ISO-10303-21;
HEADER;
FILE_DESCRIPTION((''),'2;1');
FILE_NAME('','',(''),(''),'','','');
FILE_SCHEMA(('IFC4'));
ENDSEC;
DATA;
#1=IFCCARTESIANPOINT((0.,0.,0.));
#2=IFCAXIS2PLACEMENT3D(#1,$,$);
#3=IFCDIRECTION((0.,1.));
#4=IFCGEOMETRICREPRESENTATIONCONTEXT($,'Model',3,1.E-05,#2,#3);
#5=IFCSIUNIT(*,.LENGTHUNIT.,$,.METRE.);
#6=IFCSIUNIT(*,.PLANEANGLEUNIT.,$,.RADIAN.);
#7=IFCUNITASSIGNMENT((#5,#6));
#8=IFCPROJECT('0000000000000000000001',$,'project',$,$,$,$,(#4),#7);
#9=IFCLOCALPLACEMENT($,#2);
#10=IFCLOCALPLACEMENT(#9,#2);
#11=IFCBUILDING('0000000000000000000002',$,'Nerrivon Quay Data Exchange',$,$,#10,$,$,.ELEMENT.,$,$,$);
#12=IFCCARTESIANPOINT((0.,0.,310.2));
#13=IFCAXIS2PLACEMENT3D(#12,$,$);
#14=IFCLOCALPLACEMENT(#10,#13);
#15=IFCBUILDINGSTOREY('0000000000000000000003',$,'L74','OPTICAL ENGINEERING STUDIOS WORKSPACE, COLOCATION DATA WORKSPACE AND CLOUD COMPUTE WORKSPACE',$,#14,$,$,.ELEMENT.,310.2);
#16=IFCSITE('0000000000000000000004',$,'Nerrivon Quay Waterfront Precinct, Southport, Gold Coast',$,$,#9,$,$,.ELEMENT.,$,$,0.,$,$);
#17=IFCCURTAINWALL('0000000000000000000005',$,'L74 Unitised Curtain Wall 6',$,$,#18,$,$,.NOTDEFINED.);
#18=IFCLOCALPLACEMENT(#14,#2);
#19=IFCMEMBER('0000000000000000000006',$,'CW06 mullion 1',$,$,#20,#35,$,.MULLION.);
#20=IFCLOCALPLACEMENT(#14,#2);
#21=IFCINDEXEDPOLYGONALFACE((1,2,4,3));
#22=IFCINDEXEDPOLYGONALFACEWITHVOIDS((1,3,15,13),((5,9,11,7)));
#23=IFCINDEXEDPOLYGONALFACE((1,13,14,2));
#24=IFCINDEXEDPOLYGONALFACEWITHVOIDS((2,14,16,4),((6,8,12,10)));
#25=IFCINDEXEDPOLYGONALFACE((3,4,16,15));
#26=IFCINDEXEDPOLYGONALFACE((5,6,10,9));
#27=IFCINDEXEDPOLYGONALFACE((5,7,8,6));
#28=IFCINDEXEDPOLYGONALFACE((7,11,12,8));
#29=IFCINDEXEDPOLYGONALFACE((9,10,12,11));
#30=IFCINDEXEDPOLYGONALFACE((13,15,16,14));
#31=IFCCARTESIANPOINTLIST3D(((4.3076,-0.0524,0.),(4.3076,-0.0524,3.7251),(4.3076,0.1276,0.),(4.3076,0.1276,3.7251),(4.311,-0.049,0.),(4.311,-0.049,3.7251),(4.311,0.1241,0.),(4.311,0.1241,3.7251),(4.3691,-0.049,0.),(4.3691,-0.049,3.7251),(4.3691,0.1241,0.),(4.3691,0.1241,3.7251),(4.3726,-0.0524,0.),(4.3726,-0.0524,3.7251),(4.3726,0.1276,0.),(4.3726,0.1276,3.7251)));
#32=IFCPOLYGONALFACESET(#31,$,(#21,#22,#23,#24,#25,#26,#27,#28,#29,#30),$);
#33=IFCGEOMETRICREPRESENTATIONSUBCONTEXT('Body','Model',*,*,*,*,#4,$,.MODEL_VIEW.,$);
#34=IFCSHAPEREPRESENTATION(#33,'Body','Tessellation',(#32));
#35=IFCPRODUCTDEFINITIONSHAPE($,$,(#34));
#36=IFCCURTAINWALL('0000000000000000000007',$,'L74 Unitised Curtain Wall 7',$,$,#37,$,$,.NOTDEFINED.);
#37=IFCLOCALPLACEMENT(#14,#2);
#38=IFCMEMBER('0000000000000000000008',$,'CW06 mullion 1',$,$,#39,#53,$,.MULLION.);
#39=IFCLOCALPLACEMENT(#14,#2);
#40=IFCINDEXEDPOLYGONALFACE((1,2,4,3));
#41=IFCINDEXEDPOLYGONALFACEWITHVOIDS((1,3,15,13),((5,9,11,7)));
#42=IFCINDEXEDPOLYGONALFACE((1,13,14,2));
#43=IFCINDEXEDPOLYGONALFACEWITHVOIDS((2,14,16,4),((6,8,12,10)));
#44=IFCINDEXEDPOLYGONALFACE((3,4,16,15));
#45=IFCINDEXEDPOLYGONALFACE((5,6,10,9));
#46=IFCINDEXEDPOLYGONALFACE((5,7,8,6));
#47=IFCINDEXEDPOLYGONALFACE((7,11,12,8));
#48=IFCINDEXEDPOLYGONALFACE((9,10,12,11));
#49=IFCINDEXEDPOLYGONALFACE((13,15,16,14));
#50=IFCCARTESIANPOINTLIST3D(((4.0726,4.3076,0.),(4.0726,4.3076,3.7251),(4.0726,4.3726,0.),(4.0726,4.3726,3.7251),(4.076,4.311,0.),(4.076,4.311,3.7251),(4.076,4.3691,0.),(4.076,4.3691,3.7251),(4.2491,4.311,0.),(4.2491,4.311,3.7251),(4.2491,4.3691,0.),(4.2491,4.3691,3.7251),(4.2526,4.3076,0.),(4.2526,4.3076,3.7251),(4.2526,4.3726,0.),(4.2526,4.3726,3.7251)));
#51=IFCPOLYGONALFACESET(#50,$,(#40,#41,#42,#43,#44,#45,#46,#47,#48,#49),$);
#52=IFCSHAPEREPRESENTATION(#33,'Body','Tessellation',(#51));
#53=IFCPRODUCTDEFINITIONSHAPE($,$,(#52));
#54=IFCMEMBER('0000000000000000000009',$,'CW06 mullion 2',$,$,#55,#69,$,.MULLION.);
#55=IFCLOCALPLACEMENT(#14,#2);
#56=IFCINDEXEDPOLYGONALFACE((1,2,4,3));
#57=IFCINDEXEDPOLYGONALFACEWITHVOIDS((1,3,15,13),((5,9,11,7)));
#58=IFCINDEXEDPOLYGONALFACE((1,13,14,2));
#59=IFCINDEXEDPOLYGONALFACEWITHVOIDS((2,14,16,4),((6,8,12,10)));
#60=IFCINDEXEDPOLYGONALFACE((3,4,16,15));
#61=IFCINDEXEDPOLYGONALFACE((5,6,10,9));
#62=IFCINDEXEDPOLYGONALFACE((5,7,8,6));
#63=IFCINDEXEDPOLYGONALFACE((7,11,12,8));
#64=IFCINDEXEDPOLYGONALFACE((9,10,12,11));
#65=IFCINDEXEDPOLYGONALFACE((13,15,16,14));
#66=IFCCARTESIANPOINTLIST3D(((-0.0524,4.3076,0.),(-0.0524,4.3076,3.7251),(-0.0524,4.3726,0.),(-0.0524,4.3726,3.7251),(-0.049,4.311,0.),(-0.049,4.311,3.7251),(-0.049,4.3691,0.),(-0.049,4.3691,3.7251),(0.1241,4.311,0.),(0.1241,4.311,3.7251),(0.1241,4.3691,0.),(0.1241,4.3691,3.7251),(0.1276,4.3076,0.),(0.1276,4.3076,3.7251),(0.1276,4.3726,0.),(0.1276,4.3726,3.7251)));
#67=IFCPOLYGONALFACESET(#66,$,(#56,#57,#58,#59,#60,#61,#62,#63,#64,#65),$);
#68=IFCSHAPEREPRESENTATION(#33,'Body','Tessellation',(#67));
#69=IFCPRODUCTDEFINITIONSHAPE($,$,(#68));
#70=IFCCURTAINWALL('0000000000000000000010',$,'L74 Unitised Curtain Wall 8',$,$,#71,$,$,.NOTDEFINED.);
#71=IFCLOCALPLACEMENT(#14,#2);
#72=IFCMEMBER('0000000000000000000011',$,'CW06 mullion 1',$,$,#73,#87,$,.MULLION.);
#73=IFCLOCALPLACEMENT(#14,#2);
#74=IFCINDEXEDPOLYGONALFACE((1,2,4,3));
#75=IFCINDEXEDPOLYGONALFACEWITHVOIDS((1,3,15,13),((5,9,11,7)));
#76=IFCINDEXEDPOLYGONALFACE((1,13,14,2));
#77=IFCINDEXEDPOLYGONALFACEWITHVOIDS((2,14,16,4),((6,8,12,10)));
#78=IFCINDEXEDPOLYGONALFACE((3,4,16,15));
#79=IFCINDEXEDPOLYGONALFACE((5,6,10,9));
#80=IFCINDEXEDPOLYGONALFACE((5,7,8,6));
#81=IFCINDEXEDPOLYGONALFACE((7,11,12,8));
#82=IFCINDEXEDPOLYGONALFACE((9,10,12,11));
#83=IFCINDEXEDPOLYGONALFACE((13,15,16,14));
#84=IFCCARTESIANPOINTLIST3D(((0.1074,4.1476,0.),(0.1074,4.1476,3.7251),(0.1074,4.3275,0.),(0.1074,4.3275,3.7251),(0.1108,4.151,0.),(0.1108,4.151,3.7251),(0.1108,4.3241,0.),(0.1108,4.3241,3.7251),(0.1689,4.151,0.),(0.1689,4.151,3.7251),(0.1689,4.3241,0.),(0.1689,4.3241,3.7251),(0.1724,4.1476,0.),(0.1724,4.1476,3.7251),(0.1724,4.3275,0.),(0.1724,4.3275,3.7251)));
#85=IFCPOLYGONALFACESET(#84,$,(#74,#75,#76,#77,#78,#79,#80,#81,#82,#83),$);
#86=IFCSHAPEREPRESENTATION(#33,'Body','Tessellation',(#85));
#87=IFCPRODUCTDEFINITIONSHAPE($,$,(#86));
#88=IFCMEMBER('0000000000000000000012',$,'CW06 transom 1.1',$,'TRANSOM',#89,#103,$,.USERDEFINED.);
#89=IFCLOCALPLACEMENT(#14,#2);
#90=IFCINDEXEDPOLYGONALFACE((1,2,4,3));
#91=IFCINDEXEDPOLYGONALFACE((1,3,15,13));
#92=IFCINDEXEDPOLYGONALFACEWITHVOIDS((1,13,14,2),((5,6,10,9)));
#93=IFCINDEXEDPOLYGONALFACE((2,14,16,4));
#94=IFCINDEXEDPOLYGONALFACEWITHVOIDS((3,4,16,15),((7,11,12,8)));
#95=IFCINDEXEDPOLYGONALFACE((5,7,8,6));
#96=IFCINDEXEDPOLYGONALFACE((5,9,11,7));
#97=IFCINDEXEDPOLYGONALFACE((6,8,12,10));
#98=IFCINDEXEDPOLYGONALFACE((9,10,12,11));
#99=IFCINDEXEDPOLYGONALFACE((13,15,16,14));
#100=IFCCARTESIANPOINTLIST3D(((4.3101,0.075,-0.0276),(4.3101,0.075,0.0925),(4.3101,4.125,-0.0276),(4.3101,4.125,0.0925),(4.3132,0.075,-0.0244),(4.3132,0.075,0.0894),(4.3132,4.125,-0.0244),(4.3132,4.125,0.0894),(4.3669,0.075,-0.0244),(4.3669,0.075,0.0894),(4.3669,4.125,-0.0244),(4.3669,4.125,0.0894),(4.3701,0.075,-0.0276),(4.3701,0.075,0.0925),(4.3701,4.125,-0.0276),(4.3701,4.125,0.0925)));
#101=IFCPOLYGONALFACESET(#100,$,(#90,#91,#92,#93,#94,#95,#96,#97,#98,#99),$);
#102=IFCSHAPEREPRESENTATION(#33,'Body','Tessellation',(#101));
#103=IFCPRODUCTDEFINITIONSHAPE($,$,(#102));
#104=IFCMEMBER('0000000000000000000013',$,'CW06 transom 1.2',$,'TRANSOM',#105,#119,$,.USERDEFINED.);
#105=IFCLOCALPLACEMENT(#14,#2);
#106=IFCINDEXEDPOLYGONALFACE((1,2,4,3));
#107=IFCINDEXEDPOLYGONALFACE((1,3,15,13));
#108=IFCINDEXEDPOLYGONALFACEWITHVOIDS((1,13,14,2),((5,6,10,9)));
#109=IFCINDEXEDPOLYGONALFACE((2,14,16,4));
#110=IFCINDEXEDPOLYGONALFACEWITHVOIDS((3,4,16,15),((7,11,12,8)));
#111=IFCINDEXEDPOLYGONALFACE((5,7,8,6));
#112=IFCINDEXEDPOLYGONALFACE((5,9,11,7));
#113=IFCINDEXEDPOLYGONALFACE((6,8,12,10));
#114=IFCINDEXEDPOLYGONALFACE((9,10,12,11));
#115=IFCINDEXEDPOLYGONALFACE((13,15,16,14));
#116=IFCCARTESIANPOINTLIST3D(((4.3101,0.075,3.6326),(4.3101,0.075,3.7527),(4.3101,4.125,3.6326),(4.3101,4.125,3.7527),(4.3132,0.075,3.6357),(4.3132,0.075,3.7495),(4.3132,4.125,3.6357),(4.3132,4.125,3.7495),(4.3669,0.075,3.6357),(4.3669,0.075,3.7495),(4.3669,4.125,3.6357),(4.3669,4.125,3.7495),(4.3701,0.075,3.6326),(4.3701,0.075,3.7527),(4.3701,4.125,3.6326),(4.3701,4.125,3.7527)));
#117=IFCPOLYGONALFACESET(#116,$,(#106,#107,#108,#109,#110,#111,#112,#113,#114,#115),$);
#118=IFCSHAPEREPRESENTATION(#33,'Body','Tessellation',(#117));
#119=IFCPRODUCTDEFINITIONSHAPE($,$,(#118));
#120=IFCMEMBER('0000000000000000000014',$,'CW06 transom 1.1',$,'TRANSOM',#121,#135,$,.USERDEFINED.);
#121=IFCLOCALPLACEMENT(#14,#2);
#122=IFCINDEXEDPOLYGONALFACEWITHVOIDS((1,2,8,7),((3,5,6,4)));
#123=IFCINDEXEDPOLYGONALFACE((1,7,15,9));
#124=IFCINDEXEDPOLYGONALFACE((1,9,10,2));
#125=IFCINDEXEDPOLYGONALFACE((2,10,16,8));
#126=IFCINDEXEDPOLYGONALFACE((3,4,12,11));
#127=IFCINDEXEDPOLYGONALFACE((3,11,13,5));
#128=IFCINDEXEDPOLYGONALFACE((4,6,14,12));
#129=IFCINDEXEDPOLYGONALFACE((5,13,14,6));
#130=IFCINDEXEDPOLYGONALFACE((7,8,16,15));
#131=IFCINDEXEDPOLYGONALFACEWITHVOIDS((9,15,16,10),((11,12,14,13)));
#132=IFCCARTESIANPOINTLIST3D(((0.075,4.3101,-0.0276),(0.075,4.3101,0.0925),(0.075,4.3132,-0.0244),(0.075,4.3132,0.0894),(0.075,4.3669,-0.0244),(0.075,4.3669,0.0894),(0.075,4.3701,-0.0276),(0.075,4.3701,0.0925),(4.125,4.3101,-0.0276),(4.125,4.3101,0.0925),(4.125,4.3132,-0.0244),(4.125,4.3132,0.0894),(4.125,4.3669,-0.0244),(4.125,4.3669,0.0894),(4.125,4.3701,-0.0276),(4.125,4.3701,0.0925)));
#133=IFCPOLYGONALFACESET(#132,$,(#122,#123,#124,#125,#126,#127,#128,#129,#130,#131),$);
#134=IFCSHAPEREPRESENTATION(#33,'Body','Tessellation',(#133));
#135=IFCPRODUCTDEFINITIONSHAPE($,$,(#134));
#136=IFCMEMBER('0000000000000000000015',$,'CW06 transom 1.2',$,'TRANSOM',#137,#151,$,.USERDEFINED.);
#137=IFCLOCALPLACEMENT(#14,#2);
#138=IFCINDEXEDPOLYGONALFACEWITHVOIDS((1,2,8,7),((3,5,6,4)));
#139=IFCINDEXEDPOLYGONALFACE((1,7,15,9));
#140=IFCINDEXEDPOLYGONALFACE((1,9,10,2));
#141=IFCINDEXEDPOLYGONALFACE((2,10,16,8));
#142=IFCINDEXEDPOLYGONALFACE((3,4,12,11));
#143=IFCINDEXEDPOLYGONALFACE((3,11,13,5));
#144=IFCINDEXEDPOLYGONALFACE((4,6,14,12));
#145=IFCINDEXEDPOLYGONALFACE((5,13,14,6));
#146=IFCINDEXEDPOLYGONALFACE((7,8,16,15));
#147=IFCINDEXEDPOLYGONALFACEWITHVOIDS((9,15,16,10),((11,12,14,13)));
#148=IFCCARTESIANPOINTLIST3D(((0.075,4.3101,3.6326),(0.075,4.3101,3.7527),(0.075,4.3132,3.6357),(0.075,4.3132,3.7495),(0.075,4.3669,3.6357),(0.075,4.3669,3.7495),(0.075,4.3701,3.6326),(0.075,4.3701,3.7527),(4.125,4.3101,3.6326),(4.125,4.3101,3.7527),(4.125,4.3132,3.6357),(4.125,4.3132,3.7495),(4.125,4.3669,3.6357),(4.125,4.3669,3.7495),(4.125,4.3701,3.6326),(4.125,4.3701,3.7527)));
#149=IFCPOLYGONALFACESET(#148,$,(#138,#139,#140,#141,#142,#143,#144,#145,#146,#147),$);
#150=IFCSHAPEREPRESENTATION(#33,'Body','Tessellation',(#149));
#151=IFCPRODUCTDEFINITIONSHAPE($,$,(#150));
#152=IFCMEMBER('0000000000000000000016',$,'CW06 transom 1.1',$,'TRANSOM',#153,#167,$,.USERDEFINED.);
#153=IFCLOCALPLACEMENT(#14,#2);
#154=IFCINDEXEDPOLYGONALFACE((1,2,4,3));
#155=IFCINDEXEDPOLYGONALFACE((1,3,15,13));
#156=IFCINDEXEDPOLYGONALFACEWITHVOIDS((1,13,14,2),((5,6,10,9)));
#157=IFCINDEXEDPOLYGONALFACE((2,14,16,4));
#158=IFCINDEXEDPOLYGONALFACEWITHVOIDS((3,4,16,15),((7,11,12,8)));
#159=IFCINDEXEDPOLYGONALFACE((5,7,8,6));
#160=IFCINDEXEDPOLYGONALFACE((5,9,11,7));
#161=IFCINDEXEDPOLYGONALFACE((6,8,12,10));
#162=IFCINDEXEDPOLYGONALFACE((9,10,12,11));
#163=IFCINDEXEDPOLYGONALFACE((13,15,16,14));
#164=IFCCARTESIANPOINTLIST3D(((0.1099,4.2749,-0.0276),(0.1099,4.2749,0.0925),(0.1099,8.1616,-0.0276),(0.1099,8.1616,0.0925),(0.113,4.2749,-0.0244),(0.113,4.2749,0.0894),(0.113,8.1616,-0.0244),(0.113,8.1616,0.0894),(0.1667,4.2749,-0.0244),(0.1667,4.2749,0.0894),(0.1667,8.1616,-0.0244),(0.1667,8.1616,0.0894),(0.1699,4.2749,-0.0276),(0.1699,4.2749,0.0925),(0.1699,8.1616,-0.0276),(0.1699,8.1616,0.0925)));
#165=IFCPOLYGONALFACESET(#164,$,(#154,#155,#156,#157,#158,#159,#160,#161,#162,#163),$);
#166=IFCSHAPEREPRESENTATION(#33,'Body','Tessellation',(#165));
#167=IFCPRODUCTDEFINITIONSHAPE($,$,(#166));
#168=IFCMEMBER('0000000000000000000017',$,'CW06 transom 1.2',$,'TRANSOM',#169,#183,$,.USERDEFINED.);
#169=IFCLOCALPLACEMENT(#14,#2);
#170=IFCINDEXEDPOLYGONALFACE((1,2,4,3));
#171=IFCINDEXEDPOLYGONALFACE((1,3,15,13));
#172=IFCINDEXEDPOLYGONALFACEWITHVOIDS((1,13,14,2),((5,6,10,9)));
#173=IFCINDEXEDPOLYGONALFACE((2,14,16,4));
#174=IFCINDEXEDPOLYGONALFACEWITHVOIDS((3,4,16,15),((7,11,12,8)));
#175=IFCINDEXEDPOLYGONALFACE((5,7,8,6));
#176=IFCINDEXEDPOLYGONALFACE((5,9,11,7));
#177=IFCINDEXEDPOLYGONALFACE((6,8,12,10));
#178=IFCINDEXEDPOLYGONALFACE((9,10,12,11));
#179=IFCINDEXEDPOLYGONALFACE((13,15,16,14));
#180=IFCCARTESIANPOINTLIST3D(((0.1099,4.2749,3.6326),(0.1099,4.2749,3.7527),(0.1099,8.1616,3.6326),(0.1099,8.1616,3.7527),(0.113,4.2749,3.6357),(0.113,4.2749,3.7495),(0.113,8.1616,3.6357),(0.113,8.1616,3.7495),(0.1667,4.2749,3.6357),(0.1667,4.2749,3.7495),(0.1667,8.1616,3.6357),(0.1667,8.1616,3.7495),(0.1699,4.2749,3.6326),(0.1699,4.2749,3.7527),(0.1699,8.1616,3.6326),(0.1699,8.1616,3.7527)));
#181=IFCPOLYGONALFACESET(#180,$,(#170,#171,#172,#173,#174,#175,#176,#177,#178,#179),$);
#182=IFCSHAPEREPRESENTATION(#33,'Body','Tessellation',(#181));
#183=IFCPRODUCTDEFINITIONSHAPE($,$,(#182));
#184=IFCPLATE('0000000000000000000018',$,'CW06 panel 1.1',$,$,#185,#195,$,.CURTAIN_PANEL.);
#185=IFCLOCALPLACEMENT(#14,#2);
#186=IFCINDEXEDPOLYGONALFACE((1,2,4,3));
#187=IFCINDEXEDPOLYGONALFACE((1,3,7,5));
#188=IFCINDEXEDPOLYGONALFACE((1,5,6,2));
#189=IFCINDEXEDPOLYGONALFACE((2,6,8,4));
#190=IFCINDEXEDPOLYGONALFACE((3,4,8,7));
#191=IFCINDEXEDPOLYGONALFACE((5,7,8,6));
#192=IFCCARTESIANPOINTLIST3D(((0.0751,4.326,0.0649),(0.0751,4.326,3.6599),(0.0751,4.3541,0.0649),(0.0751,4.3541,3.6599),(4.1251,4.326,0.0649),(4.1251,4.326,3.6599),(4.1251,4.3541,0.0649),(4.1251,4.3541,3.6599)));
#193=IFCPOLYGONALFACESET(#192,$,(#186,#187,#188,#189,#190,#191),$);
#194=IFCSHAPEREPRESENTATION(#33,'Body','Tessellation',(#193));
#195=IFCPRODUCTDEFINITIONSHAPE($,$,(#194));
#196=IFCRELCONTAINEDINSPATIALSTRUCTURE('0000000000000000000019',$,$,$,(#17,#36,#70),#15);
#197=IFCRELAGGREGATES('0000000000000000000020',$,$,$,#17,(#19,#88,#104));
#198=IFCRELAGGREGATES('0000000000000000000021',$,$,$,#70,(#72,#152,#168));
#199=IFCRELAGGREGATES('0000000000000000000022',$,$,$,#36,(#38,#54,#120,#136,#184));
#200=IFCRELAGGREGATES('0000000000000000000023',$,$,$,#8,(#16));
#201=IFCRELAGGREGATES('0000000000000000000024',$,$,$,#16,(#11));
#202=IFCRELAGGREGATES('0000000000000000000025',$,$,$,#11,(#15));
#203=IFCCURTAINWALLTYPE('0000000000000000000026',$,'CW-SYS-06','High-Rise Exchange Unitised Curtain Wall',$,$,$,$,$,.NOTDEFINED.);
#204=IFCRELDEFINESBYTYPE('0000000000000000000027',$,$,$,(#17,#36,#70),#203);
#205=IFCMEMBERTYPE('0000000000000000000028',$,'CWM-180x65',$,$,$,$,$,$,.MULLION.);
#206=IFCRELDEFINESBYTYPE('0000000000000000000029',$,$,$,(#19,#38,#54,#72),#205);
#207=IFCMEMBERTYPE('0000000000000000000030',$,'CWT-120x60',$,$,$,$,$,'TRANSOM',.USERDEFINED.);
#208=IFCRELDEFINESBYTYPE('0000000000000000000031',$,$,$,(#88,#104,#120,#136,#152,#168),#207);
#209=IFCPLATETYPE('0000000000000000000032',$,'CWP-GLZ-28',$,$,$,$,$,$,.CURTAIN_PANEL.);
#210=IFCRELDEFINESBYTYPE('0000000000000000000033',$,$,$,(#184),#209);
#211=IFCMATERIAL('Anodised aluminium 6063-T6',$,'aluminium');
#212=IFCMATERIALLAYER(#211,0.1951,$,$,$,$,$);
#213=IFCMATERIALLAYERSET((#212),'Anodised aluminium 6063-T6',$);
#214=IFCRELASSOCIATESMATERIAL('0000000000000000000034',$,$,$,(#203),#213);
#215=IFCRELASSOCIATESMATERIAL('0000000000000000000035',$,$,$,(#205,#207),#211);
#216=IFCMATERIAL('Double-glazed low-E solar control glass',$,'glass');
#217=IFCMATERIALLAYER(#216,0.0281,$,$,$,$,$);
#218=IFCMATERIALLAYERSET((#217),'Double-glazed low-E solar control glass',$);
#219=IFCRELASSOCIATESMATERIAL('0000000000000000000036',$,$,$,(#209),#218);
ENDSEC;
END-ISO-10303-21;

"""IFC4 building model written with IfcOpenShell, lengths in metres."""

from ifc_helpers import new_model, si_unit, direction, frame, origin, origin_2d, place, context, subcontext, project, spatial, rectangle, hollow_rectangle, extrude, material, layer, layer_set, material_profile, profile_set, type_object, element, aggregate, save


model = new_model("IFC4")

# Units and contexts
model_context = context("Model", 3, precision=1e-05, world=origin(), true_north=direction((0.0, 1.0)))
body_context = subcontext(model_context, "Body", "Model", "MODEL_VIEW")
ifc_project = project(units=[si_unit("LENGTHUNIT", "METRE"), si_unit("PLANEANGLEUNIT", "RADIAN")], contexts=[model_context])

# Site, building, storey
site_placement = place(None, origin())
site = spatial("IfcSite", under=ifc_project, at=site_placement, Name="Nerrivon Quay Waterfront Precinct, Southport, Gold Coast", CompositionType="ELEMENT", RefElevation=0.0)
building_placement = place(site_placement, origin())
building = spatial("IfcBuilding", under=site, at=building_placement, Name="Nerrivon Quay Data Exchange", CompositionType="ELEMENT")
storey_placement = place(building_placement, frame((0.0, 0.0, 310.2)))
storey = spatial("IfcBuildingStorey", under=building, at=storey_placement, Name="L74", Description="OPTICAL ENGINEERING STUDIOS WORKSPACE, COLOCATION DATA WORKSPACE AND CLOUD COMPUTE WORKSPACE", CompositionType="ELEMENT", Elevation=310.2)

# Curtain wall, member
ifc_material_1 = material(Name="Anodised aluminium 6063-T6", Category="aluminium")
ifc_layer_1 = layer(ifc_material_1, 0.1951)
ifc_layer_set_1 = layer_set([ifc_layer_1], Name="Anodised aluminium 6063-T6")
curtain_wall_type = type_object("IfcCurtainWallType", Name="CW-SYS-06", Description="High-Rise Exchange Unitised Curtain Wall", PredefinedType="NOTDEFINED", material=ifc_layer_set_1)
curtain_wall_1_placement = place(storey_placement, origin())
curtain_wall_1 = element("IfcCurtainWall", 1, at=curtain_wall_1_placement, inside=storey, type_object=curtain_wall_type, Name="L74 Unitised Curtain Wall 6", PredefinedType="NOTDEFINED")
ifc_material_profile_1 = material_profile(ifc_material_1, hollow_rectangle(XDim=0.0649, YDim=0.1799, WallThickness=0.0034, at=origin_2d()), Name="ALU-MULL-180x65")
ifc_profile_set_1 = profile_set([ifc_material_profile_1], Name="Anodised aluminium 6063-T6")
member_type_1 = type_object("IfcMemberType", Name="CWM-180x65", PredefinedType="MULLION", material=ifc_profile_set_1)
member_1_placement = place(storey_placement, frame((4.3401, 0.0376, 0.0), z_axis=(0.0, 0.0, 1.0), x_axis=(-1.0, 0.0, 0.0)))
member_1 = element("IfcMember", 2, at=member_1_placement, type_object=member_type_1, Name="CW06 mullion 1", PredefinedType="MULLION", context=body_context, shape_type="SweptSolid", body=[
    extrude(hollow_rectangle(XDim=0.0649, YDim=0.1799, WallThickness=0.0034, at=origin_2d()), origin(), (0.0, 0.0, 1.0), 3.7251),
])

# Curtain wall, members
curtain_wall_2_placement = place(storey_placement, origin())
curtain_wall_2 = element("IfcCurtainWall", 3, at=curtain_wall_2_placement, inside=storey, type_object=curtain_wall_type, Name="L74 Unitised Curtain Wall 7", PredefinedType="NOTDEFINED")
member_2_placement = place(storey_placement, frame((4.1626, 4.3401, 0.0), z_axis=(0.0, 0.0, 1.0), x_axis=(0.0, -1.0, 0.0)))
member_2 = element("IfcMember", 4, at=member_2_placement, type_object=member_type_1, Name="CW06 mullion 1", PredefinedType="MULLION", context=body_context, shape_type="SweptSolid", body=[
    extrude(hollow_rectangle(XDim=0.0649, YDim=0.1799, WallThickness=0.0034, at=origin_2d()), origin(), (0.0, 0.0, 1.0), 3.7251),
])
member_3_placement = place(storey_placement, frame((0.0376, 4.3401, 0.0), z_axis=(0.0, 0.0, 1.0), x_axis=(0.0, -1.0, 0.0)))
member_3 = element("IfcMember", 5, at=member_3_placement, type_object=member_type_1, Name="CW06 mullion 2", PredefinedType="MULLION", context=body_context, shape_type="SweptSolid", body=[
    extrude(hollow_rectangle(XDim=0.0649, YDim=0.1799, WallThickness=0.0034, at=origin_2d()), origin(), (0.0, 0.0, 1.0), 3.7251),
])

# Curtain wall, member
curtain_wall_3_placement = place(storey_placement, origin())
curtain_wall_3 = element("IfcCurtainWall", 6, at=curtain_wall_3_placement, inside=storey, type_object=curtain_wall_type, Name="L74 Unitised Curtain Wall 8", PredefinedType="NOTDEFINED")
member_4_placement = place(storey_placement, frame((0.1399, 4.2375, 0.0), z_axis=(0.0, 0.0, 1.0), x_axis=(-1.0, 0.0, 0.0)))
member_4 = element("IfcMember", 7, at=member_4_placement, type_object=member_type_1, Name="CW06 mullion 1", PredefinedType="MULLION", context=body_context, shape_type="SweptSolid", body=[
    extrude(hollow_rectangle(XDim=0.0649, YDim=0.1799, WallThickness=0.0034, at=origin_2d()), origin(), (0.0, 0.0, 1.0), 3.7251),
])

# Members
ifc_material_profile_2 = material_profile(ifc_material_1, hollow_rectangle(XDim=0.0601, YDim=0.1201, WallThickness=0.0032, at=origin_2d()), Name="ALU-TRAN-120x60")
ifc_profile_set_2 = profile_set([ifc_material_profile_2], Name="Anodised aluminium 6063-T6")
member_type_2 = type_object("IfcMemberType", Name="CWT-120x60", ElementType="TRANSOM", PredefinedType="USERDEFINED", material=ifc_profile_set_2)
member_5_placement = place(storey_placement, frame((4.3401, 0.075, 0.0325), z_axis=(0.0, 1.0, 0.0), x_axis=(-1.0, 0.0, 0.0)))
member_5 = element("IfcMember", 8, at=member_5_placement, type_object=member_type_2, Name="CW06 transom 1.1", ObjectType="TRANSOM", PredefinedType="USERDEFINED", context=body_context, shape_type="SweptSolid", body=[
    extrude(hollow_rectangle(XDim=0.0601, YDim=0.1201, WallThickness=0.0032, at=origin_2d()), origin(), (0.0, 0.0, 1.0), 4.05),
])
member_6_placement = place(storey_placement, frame((4.3401, 0.075, 3.6926), z_axis=(0.0, 1.0, 0.0), x_axis=(-1.0, 0.0, 0.0)))
member_6 = element("IfcMember", 9, at=member_6_placement, type_object=member_type_2, Name="CW06 transom 1.2", ObjectType="TRANSOM", PredefinedType="USERDEFINED", context=body_context, shape_type="SweptSolid", body=[
    extrude(hollow_rectangle(XDim=0.0601, YDim=0.1201, WallThickness=0.0032, at=origin_2d()), origin(), (0.0, 0.0, 1.0), 4.05),
])
aggregate(curtain_wall_1, [member_1, member_5, member_6])
member_7_placement = place(storey_placement, frame((4.125, 4.3401, 0.0325), z_axis=(-1.0, 0.0, 0.0), x_axis=(0.0, -1.0, 0.0)))
member_7 = element("IfcMember", 10, at=member_7_placement, type_object=member_type_2, Name="CW06 transom 1.1", ObjectType="TRANSOM", PredefinedType="USERDEFINED", context=body_context, shape_type="SweptSolid", body=[
    extrude(hollow_rectangle(XDim=0.0601, YDim=0.1201, WallThickness=0.0032, at=origin_2d()), origin(), (0.0, 0.0, 1.0), 4.05),
])
member_8_placement = place(storey_placement, frame((4.125, 4.3401, 3.6926), z_axis=(-1.0, 0.0, 0.0), x_axis=(0.0, -1.0, 0.0)))
member_8 = element("IfcMember", 11, at=member_8_placement, type_object=member_type_2, Name="CW06 transom 1.2", ObjectType="TRANSOM", PredefinedType="USERDEFINED", context=body_context, shape_type="SweptSolid", body=[
    extrude(hollow_rectangle(XDim=0.0601, YDim=0.1201, WallThickness=0.0032, at=origin_2d()), origin(), (0.0, 0.0, 1.0), 4.05),
])
member_9_placement = place(storey_placement, frame((0.1399, 4.2749, 0.0325), z_axis=(0.0, 1.0, 0.0), x_axis=(-1.0, 0.0, 0.0)))
member_9 = element("IfcMember", 12, at=member_9_placement, type_object=member_type_2, Name="CW06 transom 1.1", ObjectType="TRANSOM", PredefinedType="USERDEFINED", context=body_context, shape_type="SweptSolid", body=[
    extrude(hollow_rectangle(XDim=0.0601, YDim=0.1201, WallThickness=0.0032, at=origin_2d()), origin(), (0.0, 0.0, 1.0), 3.8867),
])
member_10_placement = place(storey_placement, frame((0.1399, 4.2749, 3.6926), z_axis=(0.0, 1.0, 0.0), x_axis=(-1.0, 0.0, 0.0)))
member_10 = element("IfcMember", 13, at=member_10_placement, type_object=member_type_2, Name="CW06 transom 1.2", ObjectType="TRANSOM", PredefinedType="USERDEFINED", context=body_context, shape_type="SweptSolid", body=[
    extrude(hollow_rectangle(XDim=0.0601, YDim=0.1201, WallThickness=0.0032, at=origin_2d()), origin(), (0.0, 0.0, 1.0), 3.8867),
])
aggregate(curtain_wall_3, [member_4, member_9, member_10])

# Plate
ifc_material_2 = material(Name="Double-glazed low-E solar control glass", Category="glass")
ifc_layer_2 = layer(ifc_material_2, 0.0281)
ifc_layer_set_2 = layer_set([ifc_layer_2], Name="Double-glazed low-E solar control glass")
plate_type = type_object("IfcPlateType", Name="CWP-GLZ-28", PredefinedType="CURTAIN_PANEL", material=ifc_layer_set_2)
plate_placement = place(storey_placement, frame((2.1001, 4.3401, 0.0649), z_axis=(0.0, 0.0, 1.0), x_axis=(-1.0, 0.0, 0.0)))
plate = element("IfcPlate", 14, at=plate_placement, type_object=plate_type, Name="CW06 panel 1.1", PredefinedType="CURTAIN_PANEL", context=body_context, shape_type="SweptSolid", body=[
    extrude(rectangle(XDim=4.05, YDim=0.0281, at=origin_2d()), origin(), (0.0, 0.0, 1.0), 3.595),
])
aggregate(curtain_wall_2, [member_2, member_3, member_7, member_8, plate])

save(model, "model.ifc")
